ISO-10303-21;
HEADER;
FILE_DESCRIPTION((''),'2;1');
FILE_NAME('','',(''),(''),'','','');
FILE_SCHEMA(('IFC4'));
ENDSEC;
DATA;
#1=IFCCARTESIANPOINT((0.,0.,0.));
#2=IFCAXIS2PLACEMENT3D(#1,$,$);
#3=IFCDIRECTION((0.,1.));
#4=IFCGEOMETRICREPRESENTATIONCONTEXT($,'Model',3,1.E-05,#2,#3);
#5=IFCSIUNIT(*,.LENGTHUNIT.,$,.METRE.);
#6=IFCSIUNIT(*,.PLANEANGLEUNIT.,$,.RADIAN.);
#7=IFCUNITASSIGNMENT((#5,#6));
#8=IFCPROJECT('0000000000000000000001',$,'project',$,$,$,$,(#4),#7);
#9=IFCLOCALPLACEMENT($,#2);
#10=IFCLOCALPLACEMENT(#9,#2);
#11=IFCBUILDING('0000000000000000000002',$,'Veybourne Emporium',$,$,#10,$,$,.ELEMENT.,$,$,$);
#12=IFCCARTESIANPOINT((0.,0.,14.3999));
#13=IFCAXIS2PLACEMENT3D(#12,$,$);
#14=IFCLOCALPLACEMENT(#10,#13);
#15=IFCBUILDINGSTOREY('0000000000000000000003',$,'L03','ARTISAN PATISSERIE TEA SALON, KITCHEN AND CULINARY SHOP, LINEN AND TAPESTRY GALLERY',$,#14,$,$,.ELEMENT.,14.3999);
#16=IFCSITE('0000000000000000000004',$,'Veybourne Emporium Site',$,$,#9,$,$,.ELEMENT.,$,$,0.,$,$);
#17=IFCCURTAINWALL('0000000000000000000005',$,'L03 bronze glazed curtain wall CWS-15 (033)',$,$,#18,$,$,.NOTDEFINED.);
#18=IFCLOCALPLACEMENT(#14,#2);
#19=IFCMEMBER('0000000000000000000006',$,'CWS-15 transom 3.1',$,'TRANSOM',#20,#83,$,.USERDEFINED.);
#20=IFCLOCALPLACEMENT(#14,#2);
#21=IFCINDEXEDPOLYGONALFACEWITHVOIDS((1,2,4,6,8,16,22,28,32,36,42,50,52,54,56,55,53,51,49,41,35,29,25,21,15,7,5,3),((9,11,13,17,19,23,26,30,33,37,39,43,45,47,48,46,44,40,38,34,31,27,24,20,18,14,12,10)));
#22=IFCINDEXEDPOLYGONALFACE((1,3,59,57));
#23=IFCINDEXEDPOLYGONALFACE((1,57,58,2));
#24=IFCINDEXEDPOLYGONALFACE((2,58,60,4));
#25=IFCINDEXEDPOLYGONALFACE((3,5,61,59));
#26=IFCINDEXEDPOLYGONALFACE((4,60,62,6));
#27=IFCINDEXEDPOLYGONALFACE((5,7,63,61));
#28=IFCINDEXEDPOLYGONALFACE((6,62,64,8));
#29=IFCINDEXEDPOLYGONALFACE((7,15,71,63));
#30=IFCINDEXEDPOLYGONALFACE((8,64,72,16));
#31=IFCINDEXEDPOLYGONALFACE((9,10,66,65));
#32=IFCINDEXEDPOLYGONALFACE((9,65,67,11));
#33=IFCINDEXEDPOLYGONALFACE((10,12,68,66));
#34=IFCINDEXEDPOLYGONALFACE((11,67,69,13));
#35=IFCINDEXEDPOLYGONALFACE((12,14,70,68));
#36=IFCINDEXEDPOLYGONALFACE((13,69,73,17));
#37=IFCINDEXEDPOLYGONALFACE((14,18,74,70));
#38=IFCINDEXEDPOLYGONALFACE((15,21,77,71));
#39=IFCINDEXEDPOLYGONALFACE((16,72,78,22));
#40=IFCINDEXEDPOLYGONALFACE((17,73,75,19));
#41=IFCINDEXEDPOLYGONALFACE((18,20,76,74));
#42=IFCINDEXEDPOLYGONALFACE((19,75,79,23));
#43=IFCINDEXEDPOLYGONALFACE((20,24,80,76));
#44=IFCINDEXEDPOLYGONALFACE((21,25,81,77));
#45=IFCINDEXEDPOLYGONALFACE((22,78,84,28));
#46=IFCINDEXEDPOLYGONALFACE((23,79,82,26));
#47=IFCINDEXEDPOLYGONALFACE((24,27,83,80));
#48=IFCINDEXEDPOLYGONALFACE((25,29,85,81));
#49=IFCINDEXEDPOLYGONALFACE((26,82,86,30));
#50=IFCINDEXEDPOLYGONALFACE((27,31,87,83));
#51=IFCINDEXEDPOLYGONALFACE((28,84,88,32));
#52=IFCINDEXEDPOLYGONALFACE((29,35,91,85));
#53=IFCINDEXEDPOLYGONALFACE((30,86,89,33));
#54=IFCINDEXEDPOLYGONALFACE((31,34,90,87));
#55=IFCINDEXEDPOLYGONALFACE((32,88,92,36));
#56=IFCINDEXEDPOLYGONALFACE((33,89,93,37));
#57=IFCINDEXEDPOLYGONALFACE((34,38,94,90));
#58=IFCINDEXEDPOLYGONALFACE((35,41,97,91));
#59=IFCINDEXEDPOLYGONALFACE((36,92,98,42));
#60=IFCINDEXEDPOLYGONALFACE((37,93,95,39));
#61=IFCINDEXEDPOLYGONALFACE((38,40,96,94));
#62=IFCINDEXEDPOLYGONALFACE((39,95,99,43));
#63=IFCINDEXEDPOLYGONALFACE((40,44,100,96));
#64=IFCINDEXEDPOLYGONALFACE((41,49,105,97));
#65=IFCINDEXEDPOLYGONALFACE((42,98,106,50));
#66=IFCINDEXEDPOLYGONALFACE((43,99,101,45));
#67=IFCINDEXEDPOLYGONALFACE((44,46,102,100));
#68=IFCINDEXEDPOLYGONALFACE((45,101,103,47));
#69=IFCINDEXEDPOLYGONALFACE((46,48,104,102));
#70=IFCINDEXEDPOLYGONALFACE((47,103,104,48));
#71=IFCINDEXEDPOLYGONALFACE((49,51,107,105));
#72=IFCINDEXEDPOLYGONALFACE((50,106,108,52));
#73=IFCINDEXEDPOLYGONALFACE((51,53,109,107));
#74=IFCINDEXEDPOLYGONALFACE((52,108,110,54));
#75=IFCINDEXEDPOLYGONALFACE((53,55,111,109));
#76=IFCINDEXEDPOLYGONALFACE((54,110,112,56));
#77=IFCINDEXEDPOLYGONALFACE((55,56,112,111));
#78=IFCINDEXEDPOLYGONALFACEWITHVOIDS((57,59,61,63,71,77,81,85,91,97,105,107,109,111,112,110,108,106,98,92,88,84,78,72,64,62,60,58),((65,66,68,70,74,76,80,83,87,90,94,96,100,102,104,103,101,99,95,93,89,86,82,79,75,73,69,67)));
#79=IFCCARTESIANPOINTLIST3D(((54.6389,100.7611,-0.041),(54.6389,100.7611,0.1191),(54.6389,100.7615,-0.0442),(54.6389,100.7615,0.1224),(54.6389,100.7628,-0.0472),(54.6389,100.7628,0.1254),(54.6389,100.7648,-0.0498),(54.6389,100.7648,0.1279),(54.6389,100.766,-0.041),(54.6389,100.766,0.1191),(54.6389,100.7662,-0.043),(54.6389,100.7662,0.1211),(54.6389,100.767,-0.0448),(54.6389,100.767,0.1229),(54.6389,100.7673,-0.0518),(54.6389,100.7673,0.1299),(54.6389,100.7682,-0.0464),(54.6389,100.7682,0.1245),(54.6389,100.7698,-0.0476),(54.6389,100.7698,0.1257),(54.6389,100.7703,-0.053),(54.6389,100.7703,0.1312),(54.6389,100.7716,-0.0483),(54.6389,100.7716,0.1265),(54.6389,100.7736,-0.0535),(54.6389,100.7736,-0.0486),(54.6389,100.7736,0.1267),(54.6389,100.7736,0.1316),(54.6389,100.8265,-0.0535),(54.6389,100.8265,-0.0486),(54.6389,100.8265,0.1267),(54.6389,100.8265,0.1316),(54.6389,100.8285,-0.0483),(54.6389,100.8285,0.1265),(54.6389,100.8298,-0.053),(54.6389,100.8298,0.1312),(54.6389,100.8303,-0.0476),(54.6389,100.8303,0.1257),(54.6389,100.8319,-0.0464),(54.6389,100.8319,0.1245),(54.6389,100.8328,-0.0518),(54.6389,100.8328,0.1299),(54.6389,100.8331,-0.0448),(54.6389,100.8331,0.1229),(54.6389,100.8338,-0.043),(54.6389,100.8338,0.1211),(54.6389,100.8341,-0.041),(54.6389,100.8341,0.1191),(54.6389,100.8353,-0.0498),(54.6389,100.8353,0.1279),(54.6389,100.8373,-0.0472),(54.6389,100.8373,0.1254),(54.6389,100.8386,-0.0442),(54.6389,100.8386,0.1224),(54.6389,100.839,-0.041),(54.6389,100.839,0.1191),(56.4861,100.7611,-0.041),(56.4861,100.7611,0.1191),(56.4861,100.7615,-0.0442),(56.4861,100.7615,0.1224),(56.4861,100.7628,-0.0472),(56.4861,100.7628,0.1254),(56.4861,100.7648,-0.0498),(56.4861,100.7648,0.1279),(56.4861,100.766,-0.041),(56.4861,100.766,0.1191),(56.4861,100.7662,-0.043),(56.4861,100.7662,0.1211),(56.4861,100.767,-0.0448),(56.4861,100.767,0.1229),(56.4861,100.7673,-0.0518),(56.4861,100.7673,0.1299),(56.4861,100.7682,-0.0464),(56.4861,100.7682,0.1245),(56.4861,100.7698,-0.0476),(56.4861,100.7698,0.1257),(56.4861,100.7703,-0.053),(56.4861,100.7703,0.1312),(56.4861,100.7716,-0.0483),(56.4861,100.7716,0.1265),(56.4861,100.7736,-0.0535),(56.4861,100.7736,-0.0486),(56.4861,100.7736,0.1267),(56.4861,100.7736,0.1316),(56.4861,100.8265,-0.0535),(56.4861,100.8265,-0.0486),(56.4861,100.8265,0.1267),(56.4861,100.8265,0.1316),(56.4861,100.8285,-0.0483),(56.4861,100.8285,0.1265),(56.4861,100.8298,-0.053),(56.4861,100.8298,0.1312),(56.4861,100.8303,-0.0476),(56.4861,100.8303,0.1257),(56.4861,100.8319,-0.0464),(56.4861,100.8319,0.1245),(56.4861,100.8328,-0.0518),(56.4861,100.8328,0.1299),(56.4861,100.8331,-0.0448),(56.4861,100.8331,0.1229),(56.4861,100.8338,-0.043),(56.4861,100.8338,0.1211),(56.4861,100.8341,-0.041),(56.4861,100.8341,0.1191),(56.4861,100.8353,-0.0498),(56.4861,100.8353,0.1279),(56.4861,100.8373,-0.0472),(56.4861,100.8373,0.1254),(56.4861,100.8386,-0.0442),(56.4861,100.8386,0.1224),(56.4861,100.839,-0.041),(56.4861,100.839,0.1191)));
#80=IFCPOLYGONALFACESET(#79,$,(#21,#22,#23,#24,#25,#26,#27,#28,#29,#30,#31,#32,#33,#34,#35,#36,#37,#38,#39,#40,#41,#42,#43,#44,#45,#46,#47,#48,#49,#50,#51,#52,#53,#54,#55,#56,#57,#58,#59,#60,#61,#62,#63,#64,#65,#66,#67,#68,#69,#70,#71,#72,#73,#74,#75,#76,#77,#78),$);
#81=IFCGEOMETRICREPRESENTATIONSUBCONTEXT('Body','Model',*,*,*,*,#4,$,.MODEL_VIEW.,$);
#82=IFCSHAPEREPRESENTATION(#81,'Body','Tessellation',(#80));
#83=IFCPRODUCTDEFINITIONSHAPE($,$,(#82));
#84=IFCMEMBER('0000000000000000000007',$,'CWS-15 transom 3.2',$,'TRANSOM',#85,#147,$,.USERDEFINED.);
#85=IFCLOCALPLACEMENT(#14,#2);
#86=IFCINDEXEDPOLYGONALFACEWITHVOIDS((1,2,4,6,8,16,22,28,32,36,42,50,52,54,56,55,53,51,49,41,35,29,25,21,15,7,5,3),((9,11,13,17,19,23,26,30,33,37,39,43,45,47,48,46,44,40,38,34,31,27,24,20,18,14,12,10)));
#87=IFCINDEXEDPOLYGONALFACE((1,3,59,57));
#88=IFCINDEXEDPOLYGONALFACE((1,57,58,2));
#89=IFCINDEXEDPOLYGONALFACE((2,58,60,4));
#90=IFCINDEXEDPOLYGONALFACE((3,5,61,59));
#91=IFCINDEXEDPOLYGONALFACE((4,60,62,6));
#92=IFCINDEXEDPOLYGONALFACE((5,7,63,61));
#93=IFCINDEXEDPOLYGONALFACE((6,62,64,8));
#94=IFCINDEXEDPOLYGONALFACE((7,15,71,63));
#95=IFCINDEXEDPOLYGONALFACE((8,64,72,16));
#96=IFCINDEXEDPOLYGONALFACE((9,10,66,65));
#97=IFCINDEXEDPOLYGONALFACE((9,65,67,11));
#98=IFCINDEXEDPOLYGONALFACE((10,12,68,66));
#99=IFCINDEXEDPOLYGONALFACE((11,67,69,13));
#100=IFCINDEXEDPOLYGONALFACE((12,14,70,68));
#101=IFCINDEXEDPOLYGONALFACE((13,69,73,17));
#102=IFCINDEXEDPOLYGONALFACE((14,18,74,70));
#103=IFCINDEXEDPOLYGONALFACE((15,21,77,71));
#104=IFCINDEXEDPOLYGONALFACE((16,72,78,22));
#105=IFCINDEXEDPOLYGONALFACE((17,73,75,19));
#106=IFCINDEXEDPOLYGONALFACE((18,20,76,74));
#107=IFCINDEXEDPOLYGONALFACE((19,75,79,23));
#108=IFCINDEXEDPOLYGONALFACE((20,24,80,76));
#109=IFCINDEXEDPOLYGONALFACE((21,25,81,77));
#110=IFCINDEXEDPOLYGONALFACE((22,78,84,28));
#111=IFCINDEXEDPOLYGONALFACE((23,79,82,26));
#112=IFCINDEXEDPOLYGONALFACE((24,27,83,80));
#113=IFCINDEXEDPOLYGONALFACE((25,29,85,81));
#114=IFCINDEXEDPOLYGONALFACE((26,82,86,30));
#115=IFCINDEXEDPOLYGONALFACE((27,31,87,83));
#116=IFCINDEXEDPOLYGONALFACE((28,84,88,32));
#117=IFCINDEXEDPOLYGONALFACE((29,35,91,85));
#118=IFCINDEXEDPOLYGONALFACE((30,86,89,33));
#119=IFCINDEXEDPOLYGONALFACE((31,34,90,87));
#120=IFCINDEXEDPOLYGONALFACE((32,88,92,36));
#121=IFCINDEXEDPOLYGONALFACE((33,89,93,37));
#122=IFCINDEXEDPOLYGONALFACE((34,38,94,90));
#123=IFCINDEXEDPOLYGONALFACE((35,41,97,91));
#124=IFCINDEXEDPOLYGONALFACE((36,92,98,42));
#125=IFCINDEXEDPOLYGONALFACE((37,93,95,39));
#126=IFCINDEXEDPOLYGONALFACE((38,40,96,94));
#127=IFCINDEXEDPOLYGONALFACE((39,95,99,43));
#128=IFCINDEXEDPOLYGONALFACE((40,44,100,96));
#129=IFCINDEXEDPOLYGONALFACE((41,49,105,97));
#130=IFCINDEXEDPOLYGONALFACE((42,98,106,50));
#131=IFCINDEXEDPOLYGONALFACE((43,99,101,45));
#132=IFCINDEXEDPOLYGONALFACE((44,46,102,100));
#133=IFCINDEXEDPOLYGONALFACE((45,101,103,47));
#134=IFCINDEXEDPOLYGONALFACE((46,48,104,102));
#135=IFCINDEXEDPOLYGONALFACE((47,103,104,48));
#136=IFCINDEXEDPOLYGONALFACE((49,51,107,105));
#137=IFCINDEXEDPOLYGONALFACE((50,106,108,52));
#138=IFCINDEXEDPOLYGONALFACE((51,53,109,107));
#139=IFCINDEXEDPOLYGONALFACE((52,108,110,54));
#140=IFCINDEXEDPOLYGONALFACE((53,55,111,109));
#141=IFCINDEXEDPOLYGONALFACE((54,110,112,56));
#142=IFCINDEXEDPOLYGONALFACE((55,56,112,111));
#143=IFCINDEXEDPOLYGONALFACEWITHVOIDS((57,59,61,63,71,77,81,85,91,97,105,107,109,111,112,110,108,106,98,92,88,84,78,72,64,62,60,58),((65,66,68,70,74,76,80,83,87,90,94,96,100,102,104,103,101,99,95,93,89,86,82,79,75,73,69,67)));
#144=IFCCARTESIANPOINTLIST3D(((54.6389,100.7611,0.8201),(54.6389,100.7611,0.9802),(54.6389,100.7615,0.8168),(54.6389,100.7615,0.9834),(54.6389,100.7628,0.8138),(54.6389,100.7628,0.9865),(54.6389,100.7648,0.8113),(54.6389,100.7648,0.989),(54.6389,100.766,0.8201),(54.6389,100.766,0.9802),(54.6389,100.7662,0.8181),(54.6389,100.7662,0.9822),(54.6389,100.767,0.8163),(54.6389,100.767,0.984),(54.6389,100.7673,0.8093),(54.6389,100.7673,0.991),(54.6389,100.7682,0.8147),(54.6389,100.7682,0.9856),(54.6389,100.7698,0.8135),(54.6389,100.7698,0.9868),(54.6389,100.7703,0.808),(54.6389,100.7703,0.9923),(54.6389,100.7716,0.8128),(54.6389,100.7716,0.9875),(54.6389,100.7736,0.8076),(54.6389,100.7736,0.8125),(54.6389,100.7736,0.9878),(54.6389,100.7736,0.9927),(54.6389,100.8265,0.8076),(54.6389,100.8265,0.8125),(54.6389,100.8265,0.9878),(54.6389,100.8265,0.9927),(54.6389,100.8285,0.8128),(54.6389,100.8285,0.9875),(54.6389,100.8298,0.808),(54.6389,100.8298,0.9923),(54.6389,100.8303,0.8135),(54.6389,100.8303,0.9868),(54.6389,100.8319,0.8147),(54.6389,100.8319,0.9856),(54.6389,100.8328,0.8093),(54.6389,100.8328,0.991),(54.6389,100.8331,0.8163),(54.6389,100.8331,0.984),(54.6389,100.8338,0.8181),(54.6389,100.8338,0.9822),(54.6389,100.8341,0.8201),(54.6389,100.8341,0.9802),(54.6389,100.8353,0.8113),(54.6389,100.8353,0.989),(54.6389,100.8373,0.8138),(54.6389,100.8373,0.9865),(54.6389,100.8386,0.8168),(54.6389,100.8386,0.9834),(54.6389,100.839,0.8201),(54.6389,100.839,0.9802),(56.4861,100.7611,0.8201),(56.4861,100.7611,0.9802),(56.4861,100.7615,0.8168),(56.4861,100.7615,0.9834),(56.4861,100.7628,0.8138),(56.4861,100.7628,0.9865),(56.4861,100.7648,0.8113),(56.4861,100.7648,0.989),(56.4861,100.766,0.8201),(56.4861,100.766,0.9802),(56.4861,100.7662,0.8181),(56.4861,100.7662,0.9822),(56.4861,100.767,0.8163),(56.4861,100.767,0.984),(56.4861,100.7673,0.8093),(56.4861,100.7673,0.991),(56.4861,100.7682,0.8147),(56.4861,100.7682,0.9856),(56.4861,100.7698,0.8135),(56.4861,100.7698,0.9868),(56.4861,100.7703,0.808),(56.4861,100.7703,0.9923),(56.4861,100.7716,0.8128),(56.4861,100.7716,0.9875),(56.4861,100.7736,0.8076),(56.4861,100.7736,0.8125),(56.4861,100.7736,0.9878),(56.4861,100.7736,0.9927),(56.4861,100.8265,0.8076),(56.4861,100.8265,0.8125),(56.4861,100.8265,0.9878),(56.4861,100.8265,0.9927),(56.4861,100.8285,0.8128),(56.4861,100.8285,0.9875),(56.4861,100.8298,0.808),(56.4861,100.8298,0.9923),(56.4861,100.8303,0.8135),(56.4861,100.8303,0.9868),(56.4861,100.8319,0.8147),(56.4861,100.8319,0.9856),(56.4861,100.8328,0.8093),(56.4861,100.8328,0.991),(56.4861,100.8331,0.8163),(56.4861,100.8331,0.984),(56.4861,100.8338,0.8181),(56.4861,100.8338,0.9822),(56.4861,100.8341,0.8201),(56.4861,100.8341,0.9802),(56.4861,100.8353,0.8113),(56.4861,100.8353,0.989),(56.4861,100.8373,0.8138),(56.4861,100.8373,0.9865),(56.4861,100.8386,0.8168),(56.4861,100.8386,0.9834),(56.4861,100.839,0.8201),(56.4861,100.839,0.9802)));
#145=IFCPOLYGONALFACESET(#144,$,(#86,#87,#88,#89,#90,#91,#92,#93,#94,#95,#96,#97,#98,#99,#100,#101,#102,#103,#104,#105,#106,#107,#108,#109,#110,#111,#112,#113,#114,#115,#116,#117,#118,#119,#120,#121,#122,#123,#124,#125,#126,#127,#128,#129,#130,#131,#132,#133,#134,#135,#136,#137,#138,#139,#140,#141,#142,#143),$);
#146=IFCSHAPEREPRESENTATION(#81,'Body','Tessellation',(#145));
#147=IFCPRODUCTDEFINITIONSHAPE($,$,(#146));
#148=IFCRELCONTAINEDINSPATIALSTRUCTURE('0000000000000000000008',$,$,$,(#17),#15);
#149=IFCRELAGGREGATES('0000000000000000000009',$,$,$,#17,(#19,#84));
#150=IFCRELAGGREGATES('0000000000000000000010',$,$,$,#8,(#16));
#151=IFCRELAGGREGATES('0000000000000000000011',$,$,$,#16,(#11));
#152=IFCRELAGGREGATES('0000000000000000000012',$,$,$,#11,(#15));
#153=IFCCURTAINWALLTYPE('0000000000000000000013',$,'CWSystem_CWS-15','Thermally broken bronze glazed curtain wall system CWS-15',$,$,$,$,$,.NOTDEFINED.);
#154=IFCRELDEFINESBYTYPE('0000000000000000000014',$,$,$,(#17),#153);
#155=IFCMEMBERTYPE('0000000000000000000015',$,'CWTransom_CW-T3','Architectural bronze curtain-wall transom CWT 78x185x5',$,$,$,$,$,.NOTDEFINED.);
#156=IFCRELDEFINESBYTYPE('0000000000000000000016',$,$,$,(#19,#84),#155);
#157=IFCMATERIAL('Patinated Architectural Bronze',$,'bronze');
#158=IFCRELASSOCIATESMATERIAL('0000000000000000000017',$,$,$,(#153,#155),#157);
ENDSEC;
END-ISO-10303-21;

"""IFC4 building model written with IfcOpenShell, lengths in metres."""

from ifc_helpers import new_model, si_unit, direction, frame, origin, origin_2d, place, context, subcontext, project, spatial, hollow_rectangle, extrude, material, material_profile, profile_set, type_object, element, aggregate, save


model = new_model("IFC4")

# Units and contexts
model_context = context("Model", 3, precision=1e-05, world=origin(), true_north=direction((0.0, 1.0)))
body_context = subcontext(model_context, "Body", "Model", "MODEL_VIEW")
ifc_project = project(units=[si_unit("LENGTHUNIT", "METRE"), si_unit("PLANEANGLEUNIT", "RADIAN")], contexts=[model_context])

# Site, building, storey
site_placement = place(None, origin())
site = spatial("IfcSite", under=ifc_project, at=site_placement, Name="Veybourne Emporium Site", CompositionType="ELEMENT", RefElevation=0.0)
building_placement = place(site_placement, origin())
building = spatial("IfcBuilding", under=site, at=building_placement, Name="Veybourne Emporium", CompositionType="ELEMENT")
storey_placement = place(building_placement, frame((0.0, 0.0, 14.3999)))
storey = spatial("IfcBuildingStorey", under=building, at=storey_placement, Name="L03", Description="ARTISAN PATISSERIE TEA SALON, KITCHEN AND CULINARY SHOP, LINEN AND TAPESTRY GALLERY", CompositionType="ELEMENT", Elevation=14.3999)

# Curtain wall, members
ifc_material_1 = material(Name="Patinated Architectural Bronze", Category="bronze")
curtain_wall_type = type_object("IfcCurtainWallType", Name="CWSystem_CWS-15", Description="Thermally broken bronze glazed curtain wall system CWS-15", PredefinedType="NOTDEFINED", material=ifc_material_1)
curtain_wall_placement = place(storey_placement, origin())
curtain_wall = element("IfcCurtainWall", 1, at=curtain_wall_placement, inside=storey, type_object=curtain_wall_type, Name="L03 bronze glazed curtain wall CWS-15 (033)", PredefinedType="NOTDEFINED")
ifc_material_profile_1 = material_profile(ifc_material_1, hollow_rectangle(XDim=0.0779, YDim=0.1851, WallThickness=0.0049, InnerFilletRadius=0.0076, OuterFilletRadius=0.0125, at=origin_2d()), Name="CWT 78x185x5")
ifc_profile_set_1 = profile_set([ifc_material_profile_1], Name="Patinated Architectural Bronze")
member_type_1 = type_object("IfcMemberType", Name="CWTransom_CW-T3", Description="Architectural bronze curtain-wall transom CWT 78x185x5", PredefinedType="NOTDEFINED", material=ifc_profile_set_1)
member_1_placement = place(storey_placement, frame((54.6389, 100.8, 0.0391), z_axis=(1.0, 0.0, 0.0), x_axis=(0.0, 1.0, 0.0)))
member_1 = element("IfcMember", 2, at=member_1_placement, type_object=member_type_1, Name="CWS-15 transom 3.1", ObjectType="TRANSOM", PredefinedType="USERDEFINED", context=body_context, shape_type="SweptSolid", body=[
    extrude(hollow_rectangle(XDim=0.0779, YDim=0.1851, WallThickness=0.0049, InnerFilletRadius=0.0076, OuterFilletRadius=0.0125, at=origin_2d()), origin(), (0.0, 0.0, 1.0), 1.8472),
])
member_2_placement = place(storey_placement, frame((54.6389, 100.8, 0.9001), z_axis=(1.0, 0.0, 0.0), x_axis=(0.0, 1.0, 0.0)))
member_2 = element("IfcMember", 3, at=member_2_placement, type_object=member_type_1, Name="CWS-15 transom 3.2", ObjectType="TRANSOM", PredefinedType="USERDEFINED", context=body_context, shape_type="SweptSolid", body=[
    extrude(hollow_rectangle(XDim=0.0779, YDim=0.1851, WallThickness=0.0049, InnerFilletRadius=0.0076, OuterFilletRadius=0.0125, at=origin_2d()), origin(), (0.0, 0.0, 1.0), 1.8472),
])

aggregate(curtain_wall, [member_1, member_2])

save(model, "model.ifc")
